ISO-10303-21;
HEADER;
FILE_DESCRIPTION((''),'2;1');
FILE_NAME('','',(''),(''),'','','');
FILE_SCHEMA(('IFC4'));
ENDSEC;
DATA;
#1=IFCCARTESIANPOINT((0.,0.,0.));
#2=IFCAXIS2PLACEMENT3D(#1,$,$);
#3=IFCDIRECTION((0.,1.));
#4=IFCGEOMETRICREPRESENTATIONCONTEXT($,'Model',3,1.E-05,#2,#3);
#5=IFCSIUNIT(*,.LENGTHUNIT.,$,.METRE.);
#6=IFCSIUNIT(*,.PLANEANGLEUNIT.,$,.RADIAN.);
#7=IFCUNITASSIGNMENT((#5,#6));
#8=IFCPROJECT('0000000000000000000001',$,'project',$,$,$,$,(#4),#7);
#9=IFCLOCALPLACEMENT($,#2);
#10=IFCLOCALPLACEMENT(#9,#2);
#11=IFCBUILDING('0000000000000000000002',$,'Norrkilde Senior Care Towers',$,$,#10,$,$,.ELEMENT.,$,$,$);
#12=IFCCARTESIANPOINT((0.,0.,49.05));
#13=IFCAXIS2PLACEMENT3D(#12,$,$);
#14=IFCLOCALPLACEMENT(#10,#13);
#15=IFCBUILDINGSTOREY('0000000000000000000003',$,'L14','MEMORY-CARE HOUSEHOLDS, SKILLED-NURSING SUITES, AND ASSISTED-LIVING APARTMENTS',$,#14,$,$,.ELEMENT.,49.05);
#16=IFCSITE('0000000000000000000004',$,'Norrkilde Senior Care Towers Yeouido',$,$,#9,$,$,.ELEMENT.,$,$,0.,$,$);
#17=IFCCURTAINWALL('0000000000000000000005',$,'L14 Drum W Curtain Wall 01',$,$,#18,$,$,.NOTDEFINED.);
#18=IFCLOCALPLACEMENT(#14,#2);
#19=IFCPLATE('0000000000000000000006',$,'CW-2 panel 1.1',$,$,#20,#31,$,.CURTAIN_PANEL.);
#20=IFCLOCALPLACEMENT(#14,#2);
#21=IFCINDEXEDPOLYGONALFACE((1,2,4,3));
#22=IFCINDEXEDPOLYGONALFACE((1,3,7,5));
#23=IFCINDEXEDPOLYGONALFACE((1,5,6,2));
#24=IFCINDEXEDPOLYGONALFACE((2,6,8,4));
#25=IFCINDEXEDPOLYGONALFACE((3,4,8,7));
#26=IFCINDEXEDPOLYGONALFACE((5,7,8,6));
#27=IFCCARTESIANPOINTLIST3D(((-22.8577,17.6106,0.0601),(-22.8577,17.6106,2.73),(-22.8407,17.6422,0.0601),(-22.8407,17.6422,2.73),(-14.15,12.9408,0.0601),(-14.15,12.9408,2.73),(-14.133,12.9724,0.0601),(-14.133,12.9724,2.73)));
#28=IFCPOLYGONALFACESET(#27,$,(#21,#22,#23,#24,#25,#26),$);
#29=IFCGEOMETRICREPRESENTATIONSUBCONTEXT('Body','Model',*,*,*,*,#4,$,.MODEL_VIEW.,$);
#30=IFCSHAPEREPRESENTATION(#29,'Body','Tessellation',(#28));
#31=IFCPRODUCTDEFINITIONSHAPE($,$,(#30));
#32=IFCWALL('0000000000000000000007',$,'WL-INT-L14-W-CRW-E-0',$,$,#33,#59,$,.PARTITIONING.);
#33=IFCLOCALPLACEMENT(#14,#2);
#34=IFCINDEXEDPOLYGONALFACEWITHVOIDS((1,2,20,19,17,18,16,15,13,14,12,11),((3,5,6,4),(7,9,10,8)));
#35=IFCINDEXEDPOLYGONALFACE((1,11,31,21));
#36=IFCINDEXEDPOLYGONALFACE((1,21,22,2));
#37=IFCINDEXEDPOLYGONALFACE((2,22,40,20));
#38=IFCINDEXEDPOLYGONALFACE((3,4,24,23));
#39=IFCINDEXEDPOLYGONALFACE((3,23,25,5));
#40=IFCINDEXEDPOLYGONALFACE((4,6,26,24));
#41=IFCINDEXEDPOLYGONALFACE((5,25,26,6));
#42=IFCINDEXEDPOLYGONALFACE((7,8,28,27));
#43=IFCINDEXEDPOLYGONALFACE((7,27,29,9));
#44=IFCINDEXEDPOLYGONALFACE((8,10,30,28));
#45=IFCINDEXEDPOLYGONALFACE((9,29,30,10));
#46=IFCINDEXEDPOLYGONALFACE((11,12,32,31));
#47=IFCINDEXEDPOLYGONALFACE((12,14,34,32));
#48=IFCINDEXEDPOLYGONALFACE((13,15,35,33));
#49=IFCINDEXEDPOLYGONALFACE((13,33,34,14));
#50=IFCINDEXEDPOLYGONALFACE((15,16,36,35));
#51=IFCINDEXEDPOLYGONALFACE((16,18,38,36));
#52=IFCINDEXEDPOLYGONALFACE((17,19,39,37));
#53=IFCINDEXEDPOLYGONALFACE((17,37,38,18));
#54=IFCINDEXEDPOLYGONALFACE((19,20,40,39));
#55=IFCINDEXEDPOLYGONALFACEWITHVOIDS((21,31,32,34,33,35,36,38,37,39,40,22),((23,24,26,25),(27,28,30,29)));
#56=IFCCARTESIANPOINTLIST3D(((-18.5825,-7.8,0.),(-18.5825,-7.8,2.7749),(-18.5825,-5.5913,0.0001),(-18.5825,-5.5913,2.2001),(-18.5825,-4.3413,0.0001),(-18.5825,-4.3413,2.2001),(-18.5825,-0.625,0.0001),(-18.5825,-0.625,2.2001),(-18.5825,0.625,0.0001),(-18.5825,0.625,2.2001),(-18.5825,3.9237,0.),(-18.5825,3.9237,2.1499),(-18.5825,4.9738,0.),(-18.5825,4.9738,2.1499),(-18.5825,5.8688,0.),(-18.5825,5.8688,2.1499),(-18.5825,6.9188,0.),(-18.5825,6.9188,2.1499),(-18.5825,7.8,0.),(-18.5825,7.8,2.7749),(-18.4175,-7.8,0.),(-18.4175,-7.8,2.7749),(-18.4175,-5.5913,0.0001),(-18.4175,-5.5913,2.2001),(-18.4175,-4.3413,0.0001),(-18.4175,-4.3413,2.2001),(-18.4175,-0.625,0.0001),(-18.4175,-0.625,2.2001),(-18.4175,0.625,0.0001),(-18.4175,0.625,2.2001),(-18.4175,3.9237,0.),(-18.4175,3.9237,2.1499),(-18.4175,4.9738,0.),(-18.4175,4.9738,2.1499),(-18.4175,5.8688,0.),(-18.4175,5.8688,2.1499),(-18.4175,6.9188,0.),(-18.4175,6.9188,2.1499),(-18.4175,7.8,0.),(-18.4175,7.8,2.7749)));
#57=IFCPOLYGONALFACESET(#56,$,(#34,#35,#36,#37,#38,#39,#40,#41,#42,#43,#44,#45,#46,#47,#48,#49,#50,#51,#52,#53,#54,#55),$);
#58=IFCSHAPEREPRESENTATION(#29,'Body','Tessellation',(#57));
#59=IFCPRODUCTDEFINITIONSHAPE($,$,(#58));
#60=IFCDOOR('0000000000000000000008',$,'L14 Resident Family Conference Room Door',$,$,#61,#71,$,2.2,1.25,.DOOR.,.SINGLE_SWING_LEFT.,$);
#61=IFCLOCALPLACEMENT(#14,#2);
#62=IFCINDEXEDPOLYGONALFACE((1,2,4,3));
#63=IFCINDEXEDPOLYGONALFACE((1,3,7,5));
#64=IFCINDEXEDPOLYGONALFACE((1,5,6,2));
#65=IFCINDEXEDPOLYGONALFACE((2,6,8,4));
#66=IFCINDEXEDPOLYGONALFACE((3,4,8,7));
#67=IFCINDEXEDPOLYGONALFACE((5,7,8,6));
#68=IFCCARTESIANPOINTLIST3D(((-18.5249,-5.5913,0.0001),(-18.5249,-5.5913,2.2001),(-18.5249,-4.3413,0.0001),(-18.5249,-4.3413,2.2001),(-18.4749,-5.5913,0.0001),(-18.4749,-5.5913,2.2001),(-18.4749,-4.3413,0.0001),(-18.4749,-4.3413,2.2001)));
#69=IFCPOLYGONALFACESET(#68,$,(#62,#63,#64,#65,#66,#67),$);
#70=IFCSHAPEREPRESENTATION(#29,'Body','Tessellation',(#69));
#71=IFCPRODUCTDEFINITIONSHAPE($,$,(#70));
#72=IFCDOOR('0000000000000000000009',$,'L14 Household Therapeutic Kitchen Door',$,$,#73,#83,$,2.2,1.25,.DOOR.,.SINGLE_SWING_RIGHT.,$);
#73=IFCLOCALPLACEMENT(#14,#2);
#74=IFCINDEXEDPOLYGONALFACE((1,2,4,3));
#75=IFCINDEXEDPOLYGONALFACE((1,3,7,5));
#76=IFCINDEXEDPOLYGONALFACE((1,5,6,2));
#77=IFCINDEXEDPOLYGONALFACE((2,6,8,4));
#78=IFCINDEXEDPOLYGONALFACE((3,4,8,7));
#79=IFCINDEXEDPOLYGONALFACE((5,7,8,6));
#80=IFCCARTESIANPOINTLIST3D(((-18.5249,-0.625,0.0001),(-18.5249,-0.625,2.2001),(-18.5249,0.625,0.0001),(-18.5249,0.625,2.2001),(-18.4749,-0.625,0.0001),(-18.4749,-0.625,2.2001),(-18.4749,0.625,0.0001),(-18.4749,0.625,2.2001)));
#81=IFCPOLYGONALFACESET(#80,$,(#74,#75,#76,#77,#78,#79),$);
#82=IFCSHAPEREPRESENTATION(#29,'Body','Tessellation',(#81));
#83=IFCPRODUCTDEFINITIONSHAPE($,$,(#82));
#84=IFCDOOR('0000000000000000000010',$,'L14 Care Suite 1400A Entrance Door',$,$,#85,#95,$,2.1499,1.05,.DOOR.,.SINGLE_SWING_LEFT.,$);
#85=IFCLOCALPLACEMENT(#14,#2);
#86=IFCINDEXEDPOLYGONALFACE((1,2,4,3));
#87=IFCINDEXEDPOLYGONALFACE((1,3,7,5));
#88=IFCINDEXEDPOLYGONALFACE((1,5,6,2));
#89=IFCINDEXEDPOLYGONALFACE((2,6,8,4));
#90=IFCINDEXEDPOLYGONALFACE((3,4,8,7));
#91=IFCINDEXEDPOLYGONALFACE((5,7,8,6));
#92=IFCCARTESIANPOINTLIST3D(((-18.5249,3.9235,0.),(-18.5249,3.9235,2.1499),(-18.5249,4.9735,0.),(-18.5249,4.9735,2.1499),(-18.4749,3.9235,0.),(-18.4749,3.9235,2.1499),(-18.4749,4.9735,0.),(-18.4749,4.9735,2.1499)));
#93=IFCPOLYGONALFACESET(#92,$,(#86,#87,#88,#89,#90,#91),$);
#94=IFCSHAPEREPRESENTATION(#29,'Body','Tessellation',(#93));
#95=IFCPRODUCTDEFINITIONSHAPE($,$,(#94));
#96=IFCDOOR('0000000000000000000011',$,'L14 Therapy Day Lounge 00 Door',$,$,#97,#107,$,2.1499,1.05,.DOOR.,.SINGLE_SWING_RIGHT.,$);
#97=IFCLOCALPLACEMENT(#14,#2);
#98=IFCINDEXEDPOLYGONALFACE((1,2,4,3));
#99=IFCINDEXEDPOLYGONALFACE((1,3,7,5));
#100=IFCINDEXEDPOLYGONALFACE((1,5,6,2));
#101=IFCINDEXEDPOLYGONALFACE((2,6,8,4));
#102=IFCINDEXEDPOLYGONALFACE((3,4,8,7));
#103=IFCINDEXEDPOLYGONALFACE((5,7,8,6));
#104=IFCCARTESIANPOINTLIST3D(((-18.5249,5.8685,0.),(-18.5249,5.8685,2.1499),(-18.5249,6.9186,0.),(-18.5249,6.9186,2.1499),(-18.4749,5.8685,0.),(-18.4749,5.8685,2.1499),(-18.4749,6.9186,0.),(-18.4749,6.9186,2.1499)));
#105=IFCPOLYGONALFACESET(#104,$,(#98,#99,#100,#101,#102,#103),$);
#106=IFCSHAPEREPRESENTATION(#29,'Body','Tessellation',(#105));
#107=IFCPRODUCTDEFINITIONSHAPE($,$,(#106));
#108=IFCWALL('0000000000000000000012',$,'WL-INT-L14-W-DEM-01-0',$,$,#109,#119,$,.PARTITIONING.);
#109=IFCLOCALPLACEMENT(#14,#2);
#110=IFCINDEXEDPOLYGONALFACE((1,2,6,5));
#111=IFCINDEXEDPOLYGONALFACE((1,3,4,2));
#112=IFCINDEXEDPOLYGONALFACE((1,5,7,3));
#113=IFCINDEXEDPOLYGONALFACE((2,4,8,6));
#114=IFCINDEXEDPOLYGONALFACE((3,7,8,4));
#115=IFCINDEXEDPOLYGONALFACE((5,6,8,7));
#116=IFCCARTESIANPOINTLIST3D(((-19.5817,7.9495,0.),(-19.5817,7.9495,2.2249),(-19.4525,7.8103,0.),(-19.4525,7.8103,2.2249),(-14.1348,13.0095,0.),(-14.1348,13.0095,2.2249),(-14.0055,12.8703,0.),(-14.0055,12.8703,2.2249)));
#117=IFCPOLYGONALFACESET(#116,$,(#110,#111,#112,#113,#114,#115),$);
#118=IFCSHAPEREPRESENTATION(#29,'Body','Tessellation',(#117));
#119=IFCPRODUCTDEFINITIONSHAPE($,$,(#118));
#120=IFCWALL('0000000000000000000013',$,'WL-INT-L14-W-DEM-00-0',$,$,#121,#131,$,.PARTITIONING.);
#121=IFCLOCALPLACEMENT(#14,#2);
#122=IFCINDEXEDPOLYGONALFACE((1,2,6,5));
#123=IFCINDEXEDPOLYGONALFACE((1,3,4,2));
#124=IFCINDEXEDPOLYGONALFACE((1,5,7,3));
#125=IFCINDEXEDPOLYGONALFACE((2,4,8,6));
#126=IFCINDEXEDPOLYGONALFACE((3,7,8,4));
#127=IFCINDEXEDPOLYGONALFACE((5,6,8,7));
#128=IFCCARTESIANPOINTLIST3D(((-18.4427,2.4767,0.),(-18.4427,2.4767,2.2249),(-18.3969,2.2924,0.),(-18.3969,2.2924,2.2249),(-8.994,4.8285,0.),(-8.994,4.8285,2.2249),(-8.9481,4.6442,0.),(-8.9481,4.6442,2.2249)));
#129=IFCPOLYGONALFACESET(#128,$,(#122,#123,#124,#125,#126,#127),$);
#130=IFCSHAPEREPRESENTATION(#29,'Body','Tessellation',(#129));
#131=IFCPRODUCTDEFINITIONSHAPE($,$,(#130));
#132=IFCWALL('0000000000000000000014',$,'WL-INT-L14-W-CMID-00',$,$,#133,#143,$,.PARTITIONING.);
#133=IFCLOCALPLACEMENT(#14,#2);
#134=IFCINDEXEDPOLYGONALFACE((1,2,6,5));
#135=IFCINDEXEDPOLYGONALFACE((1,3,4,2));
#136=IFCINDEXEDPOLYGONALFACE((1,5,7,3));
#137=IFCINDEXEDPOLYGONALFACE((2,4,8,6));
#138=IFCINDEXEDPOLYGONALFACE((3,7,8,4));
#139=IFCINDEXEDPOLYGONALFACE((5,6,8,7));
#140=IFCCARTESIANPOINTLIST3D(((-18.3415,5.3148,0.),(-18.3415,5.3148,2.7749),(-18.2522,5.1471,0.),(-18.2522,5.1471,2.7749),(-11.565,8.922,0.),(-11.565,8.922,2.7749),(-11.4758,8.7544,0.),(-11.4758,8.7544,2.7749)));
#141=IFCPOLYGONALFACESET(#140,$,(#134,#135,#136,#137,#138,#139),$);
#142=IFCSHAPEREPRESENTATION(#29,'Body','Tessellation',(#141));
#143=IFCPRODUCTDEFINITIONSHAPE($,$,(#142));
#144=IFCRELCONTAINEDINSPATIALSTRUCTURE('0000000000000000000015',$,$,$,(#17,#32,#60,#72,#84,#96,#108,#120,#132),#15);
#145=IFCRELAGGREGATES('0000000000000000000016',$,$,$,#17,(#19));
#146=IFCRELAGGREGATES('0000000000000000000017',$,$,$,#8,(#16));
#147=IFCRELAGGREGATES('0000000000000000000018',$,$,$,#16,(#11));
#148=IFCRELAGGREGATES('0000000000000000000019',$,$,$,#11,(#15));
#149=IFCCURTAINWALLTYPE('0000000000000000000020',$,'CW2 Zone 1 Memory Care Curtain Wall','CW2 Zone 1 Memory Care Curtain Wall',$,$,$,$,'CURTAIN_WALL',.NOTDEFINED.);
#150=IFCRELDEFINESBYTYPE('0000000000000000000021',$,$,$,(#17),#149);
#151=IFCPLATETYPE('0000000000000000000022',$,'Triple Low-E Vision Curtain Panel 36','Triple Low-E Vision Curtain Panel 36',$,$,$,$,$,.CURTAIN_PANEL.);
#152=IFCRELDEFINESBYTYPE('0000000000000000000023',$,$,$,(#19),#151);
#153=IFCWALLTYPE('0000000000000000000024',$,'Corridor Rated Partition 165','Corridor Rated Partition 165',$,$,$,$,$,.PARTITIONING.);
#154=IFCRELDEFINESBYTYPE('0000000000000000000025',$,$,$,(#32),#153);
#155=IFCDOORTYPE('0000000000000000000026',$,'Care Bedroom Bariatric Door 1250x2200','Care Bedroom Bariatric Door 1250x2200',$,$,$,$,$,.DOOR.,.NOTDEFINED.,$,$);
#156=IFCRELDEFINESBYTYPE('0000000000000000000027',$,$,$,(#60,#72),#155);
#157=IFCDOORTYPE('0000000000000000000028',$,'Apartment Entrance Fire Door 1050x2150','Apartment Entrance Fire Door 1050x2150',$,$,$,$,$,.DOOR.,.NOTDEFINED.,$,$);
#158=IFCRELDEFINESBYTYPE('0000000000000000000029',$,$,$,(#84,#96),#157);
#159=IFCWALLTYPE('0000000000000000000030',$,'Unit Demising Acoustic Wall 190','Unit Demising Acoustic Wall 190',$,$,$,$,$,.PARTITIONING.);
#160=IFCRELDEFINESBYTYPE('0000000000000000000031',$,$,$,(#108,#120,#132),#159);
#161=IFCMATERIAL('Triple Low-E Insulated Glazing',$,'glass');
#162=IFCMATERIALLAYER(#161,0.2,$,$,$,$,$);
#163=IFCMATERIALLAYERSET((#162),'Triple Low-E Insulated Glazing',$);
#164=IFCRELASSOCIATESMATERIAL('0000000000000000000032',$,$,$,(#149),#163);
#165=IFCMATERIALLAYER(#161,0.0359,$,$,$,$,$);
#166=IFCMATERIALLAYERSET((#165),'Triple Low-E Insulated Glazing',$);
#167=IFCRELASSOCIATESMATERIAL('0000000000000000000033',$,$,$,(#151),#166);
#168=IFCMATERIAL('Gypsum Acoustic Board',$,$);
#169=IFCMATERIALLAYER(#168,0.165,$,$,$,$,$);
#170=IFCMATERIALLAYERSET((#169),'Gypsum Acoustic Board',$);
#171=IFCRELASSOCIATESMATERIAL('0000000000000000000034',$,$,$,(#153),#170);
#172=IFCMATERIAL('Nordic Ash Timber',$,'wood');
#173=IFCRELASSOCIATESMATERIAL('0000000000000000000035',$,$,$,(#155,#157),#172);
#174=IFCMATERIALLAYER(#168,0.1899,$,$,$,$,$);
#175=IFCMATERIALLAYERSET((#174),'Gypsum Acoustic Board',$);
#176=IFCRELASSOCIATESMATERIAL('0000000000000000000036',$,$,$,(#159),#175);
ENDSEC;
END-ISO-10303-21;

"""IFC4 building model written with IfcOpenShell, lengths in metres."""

from ifc_helpers import new_model, si_unit, direction, frame, frame_2d, origin, origin_2d, place, context, subcontext, project, spatial, rectangle, extrude, source, transform, mapped, material, layer, layer_set, type_object, type_shapes, element, fill, aggregate, save


model = new_model("IFC4")

# Units and contexts
model_context = context("Model", 3, precision=1e-05, world=origin(), true_north=direction((0.0, 1.0)))
body_context = subcontext(model_context, "Body", "Model", "MODEL_VIEW")
ifc_project = project(units=[si_unit("LENGTHUNIT", "METRE"), si_unit("PLANEANGLEUNIT", "RADIAN")], contexts=[model_context])

# Site, building, storey
site_placement = place(None, origin())
site = spatial("IfcSite", under=ifc_project, at=site_placement, Name="Norrkilde Senior Care Towers Yeouido", CompositionType="ELEMENT", RefElevation=0.0)
building_placement = place(site_placement, origin())
building = spatial("IfcBuilding", under=site, at=building_placement, Name="Norrkilde Senior Care Towers", CompositionType="ELEMENT")
storey_placement = place(building_placement, frame((0.0, 0.0, 49.05)))
storey = spatial("IfcBuildingStorey", under=building, at=storey_placement, Name="L14", Description="MEMORY-CARE HOUSEHOLDS, SKILLED-NURSING SUITES, AND ASSISTED-LIVING APARTMENTS", CompositionType="ELEMENT", Elevation=49.05)

# Shared definitions
ifc_material_1 = material(Name="Triple Low-E Insulated Glazing", Category="glass")
ifc_layer_1 = layer(ifc_material_1, 0.2)
ifc_layer_set_1 = layer_set([ifc_layer_1], Name="Triple Low-E Insulated Glazing")
curtain_wall_type = type_object("IfcCurtainWallType", Name="CW2 Zone 1 Memory Care Curtain Wall", Description="CW2 Zone 1 Memory Care Curtain Wall", ElementType="CURTAIN_WALL", PredefinedType="NOTDEFINED", material=ifc_layer_set_1)

# Curtain wall
curtain_wall_1_placement = place(storey_placement, origin())
curtain_wall_1 = element("IfcCurtainWall", 1, at=curtain_wall_1_placement, inside=storey, type_object=curtain_wall_type, Name="L14 Drum W Curtain Wall 01", PredefinedType="NOTDEFINED")

# Plate
ifc_layer_2 = layer(ifc_material_1, 0.0359)
ifc_layer_set_2 = layer_set([ifc_layer_2], Name="Triple Low-E Insulated Glazing")
plate_type = type_object("IfcPlateType", Name="Triple Low-E Vision Curtain Panel 36", Description="Triple Low-E Vision Curtain Panel 36", PredefinedType="CURTAIN_PANEL", material=ifc_layer_set_2)
shared_shape_1 = source(origin(), body_context, "Body", "SweptSolid", [
    extrude(rectangle(XDim=9.8809, YDim=0.0359, at=origin_2d()), origin(), (0.0, 0.0, 1.0), 2.6699),
])
plate_1_placement = place(storey_placement, frame((-18.4954, 15.2915, 0.0601), z_axis=(0.0, 0.0, 1.0), x_axis=(0.881273, -0.472608, 0.0)))
plate_1 = element("IfcPlate", 2, at=plate_1_placement, type_object=plate_type, Name="CW-2 panel 1.1", PredefinedType="CURTAIN_PANEL", context=body_context, shape_type="MappedRepresentation", body=[
    mapped(shared_shape_1, transform((0.0, 0.0, 0.0), x_axis=(1.0, 0.0, 0.0), y_axis=(0.0, 1.0, 0.0), z_axis=(0.0, 0.0, 1.0), scale=1.0)),
])
aggregate(curtain_wall_1, [plate_1])

# Wall, openings, doors
ifc_material_2 = material(Name="Gypsum Acoustic Board")
ifc_layer_3 = layer(ifc_material_2, 0.165)
ifc_layer_set_3 = layer_set([ifc_layer_3], Name="Gypsum Acoustic Board")
wall_type_1 = type_object("IfcWallType", Name="Corridor Rated Partition 165", Description="Corridor Rated Partition 165", PredefinedType="PARTITIONING", material=ifc_layer_set_3)
shared_shape_2 = source(origin(), body_context, "Body", "SweptSolid", [
    extrude(rectangle(XDim=15.6001, YDim=0.165, at=frame_2d((7.8, 0.0))), origin(), (0.0, 0.0, 1.0), 2.7749),
])
type_shapes(wall_type_1, [shared_shape_2])
wall_1_placement = place(storey_placement, frame((-18.5, 7.8, 0.0), z_axis=(0.0, 0.0, 1.0), x_axis=(0.0, -1.0, 0.0)))
wall_1 = element("IfcWall", 3, at=wall_1_placement, inside=storey, type_object=wall_type_1, Name="WL-INT-L14-W-CRW-E-0", PredefinedType="PARTITIONING", context=body_context, shape_type="MappedRepresentation", body=[
    mapped(shared_shape_2, transform((0.0, 0.0, 0.0), x_axis=(1.0, 0.0, 0.0), y_axis=(0.0, 1.0, 0.0), z_axis=(0.0, 0.0, 1.0), scale=1.0)),
])
opening_1_placement = place(wall_1_placement, frame((12.1414, 0.0, 0.0)))
opening_1 = element("IfcOpeningElement", 4, at=opening_1_placement, cuts=wall_1, PredefinedType="OPENING", context=body_context, shape_type="SweptSolid", body=[
    extrude(rectangle(XDim=1.25, YDim=2.2, at=frame_2d((0.625, 1.1001))), frame((0.0, 0.0925, 0.0), z_axis=(0.0, -1.0, 0.0), x_axis=(1.0, 0.0, 0.0)), (0.0, 0.0, 1.0), 0.1851),
])
opening_2_placement = place(wall_1_placement, frame((7.175, 0.0, 0.0)))
opening_2 = element("IfcOpeningElement", 5, at=opening_2_placement, cuts=wall_1, PredefinedType="OPENING", context=body_context, shape_type="SweptSolid", body=[
    extrude(rectangle(XDim=1.25, YDim=2.2, at=frame_2d((0.625, 1.1001))), frame((0.0, 0.0925, 0.0), z_axis=(0.0, -1.0, 0.0), x_axis=(1.0, 0.0, 0.0)), (0.0, 0.0, 1.0), 0.1851),
])
opening_3_placement = place(wall_1_placement, frame((2.8264, 0.0, 0.0)))
opening_3 = element("IfcOpeningElement", 6, at=opening_3_placement, cuts=wall_1, PredefinedType="OPENING", context=body_context, shape_type="SweptSolid", body=[
    extrude(rectangle(XDim=1.05, YDim=2.1499, at=frame_2d((0.5249, 1.075))), frame((0.0, 0.0925, 0.0), z_axis=(0.0, -1.0, 0.0), x_axis=(1.0, 0.0, 0.0)), (0.0, 0.0, 1.0), 0.1851),
])
opening_4_placement = place(wall_1_placement, frame((0.8813, 0.0, 0.0)))
opening_4 = element("IfcOpeningElement", 7, at=opening_4_placement, cuts=wall_1, PredefinedType="OPENING", context=body_context, shape_type="SweptSolid", body=[
    extrude(rectangle(XDim=1.05, YDim=2.1499, at=frame_2d((0.5249, 1.075))), frame((0.0, 0.0925, 0.0), z_axis=(0.0, -1.0, 0.0), x_axis=(1.0, 0.0, 0.0)), (0.0, 0.0, 1.0), 0.1851),
])
ifc_material_3 = material(Name="Nordic Ash Timber", Category="wood")
door_type_1 = type_object("IfcDoorType", Name="Care Bedroom Bariatric Door 1250x2200", Description="Care Bedroom Bariatric Door 1250x2200", OperationType="NOTDEFINED", PredefinedType="DOOR", material=ifc_material_3)
shared_shape_3 = source(origin(), body_context, "Body", "SweptSolid", [
    extrude(rectangle(XDim=1.25, YDim=2.2, at=frame_2d((0.625, 1.1001))), frame((0.0, 0.0249, 0.0), z_axis=(0.0, -1.0, 0.0), x_axis=(1.0, 0.0, 0.0)), (0.0, 0.0, 1.0), 0.05),
])
type_shapes(door_type_1, [shared_shape_3])
door_1_placement = place(opening_1_placement, frame((1.25, 0.0, 0.0), z_axis=(0.0, 0.0, 1.0), x_axis=(-1.0, 0.0, 0.0)))
door_1 = element("IfcDoor", 8, at=door_1_placement, inside=storey, type_object=door_type_1, Name="L14 Resident Family Conference Room Door", OperationType="SINGLE_SWING_LEFT", OverallHeight=2.2, OverallWidth=1.25, PredefinedType="DOOR", context=body_context, shape_type="MappedRepresentation", body=[
    mapped(shared_shape_3, transform((0.0, 0.0, 0.0), x_axis=(1.0, 0.0, 0.0), y_axis=(0.0, 1.0, 0.0), z_axis=(0.0, 0.0, 1.0), scale=1.0)),
])
fill(opening_1, door_1)
door_2_placement = place(opening_2_placement, frame((1.25, 0.0, 0.0), z_axis=(0.0, 0.0, 1.0), x_axis=(-1.0, 0.0, 0.0)))
door_2 = element("IfcDoor", 9, at=door_2_placement, inside=storey, type_object=door_type_1, Name="L14 Household Therapeutic Kitchen Door", OperationType="SINGLE_SWING_RIGHT", OverallHeight=2.2, OverallWidth=1.25, PredefinedType="DOOR", context=body_context, shape_type="MappedRepresentation", body=[
    mapped(shared_shape_3, transform((0.0, 0.0, 0.0), x_axis=(1.0, 0.0, 0.0), y_axis=(0.0, 1.0, 0.0), z_axis=(0.0, 0.0, 1.0), scale=1.0)),
])
fill(opening_2, door_2)
door_type_2 = type_object("IfcDoorType", Name="Apartment Entrance Fire Door 1050x2150", Description="Apartment Entrance Fire Door 1050x2150", OperationType="NOTDEFINED", PredefinedType="DOOR", material=ifc_material_3)
shared_shape_4 = source(origin(), body_context, "Body", "SweptSolid", [
    extrude(rectangle(XDim=1.05, YDim=2.1499, at=frame_2d((0.5249, 1.075))), frame((0.0, 0.0249, 0.0), z_axis=(0.0, -1.0, 0.0), x_axis=(1.0, 0.0, 0.0)), (0.0, 0.0, 1.0), 0.05),
])
type_shapes(door_type_2, [shared_shape_4])
door_3_placement = place(opening_3_placement, frame((1.05, 0.0, 0.0), z_axis=(0.0, 0.0, 1.0), x_axis=(-1.0, 0.0, 0.0)))
door_3 = element("IfcDoor", 10, at=door_3_placement, inside=storey, type_object=door_type_2, Name="L14 Care Suite 1400A Entrance Door", OperationType="SINGLE_SWING_LEFT", OverallHeight=2.1499, OverallWidth=1.05, PredefinedType="DOOR", context=body_context, shape_type="MappedRepresentation", body=[
    mapped(shared_shape_4, transform((0.0, 0.0, 0.0), x_axis=(1.0, 0.0, 0.0), y_axis=(0.0, 1.0, 0.0), z_axis=(0.0, 0.0, 1.0), scale=1.0)),
])
fill(opening_3, door_3)
door_4_placement = place(opening_4_placement, frame((1.05, 0.0, 0.0), z_axis=(0.0, 0.0, 1.0), x_axis=(-1.0, 0.0, 0.0)))
door_4 = element("IfcDoor", 11, at=door_4_placement, inside=storey, type_object=door_type_2, Name="L14 Therapy Day Lounge 00 Door", OperationType="SINGLE_SWING_RIGHT", OverallHeight=2.1499, OverallWidth=1.05, PredefinedType="DOOR", context=body_context, shape_type="MappedRepresentation", body=[
    mapped(shared_shape_4, transform((0.0, 0.0, 0.0), x_axis=(1.0, 0.0, 0.0), y_axis=(0.0, 1.0, 0.0), z_axis=(0.0, 0.0, 1.0), scale=1.0)),
])
fill(opening_4, door_4)

# Walls
ifc_layer_4 = layer(ifc_material_2, 0.1899)
ifc_layer_set_4 = layer_set([ifc_layer_4], Name="Gypsum Acoustic Board")
wall_type_2 = type_object("IfcWallType", Name="Unit Demising Acoustic Wall 190", Description="Unit Demising Acoustic Wall 190", PredefinedType="PARTITIONING", material=ifc_layer_set_4)
shared_shape_5 = source(origin(), body_context, "Body", "SweptSolid", [
    extrude(rectangle(XDim=7.4346, YDim=0.1899, at=frame_2d((3.7173, 0.0))), origin(), (0.0, 0.0, 1.0), 2.2249),
])
wall_2_placement = place(storey_placement, frame((-19.5171, 7.8799, 0.0), z_axis=(0.0, 0.0, 1.0), x_axis=(0.732652, 0.680603, 0.0)))
element("IfcWall", 12, at=wall_2_placement, inside=storey, type_object=wall_type_2, Name="WL-INT-L14-W-DEM-01-0", PredefinedType="PARTITIONING", context=body_context, shape_type="MappedRepresentation", body=[
    mapped(shared_shape_5, transform((0.0, 0.0, 0.0), x_axis=(1.0, 0.0, 0.0), y_axis=(0.0, 1.0, 0.0), z_axis=(0.0, 0.0, 1.0), scale=1.0)),
])
shared_shape_6 = source(origin(), body_context, "Body", "SweptSolid", [
    extrude(rectangle(XDim=9.7371, YDim=0.1899, at=frame_2d((4.8687, 0.0))), origin(), (0.0, 0.0, 1.0), 2.2249),
])
wall_3_placement = place(storey_placement, frame((-18.4199, 2.3845, 0.0), z_axis=(0.0, 0.0, 1.0), x_axis=(0.970393, 0.241533, 0.0)))
element("IfcWall", 13, at=wall_3_placement, inside=storey, type_object=wall_type_2, Name="WL-INT-L14-W-DEM-00-0", PredefinedType="PARTITIONING", context=body_context, shape_type="MappedRepresentation", body=[
    mapped(shared_shape_6, transform((0.0, 0.0, 0.0), x_axis=(1.0, 0.0, 0.0), y_axis=(0.0, 1.0, 0.0), z_axis=(0.0, 0.0, 1.0), scale=1.0)),
])
shared_shape_7 = source(origin(), body_context, "Body", "SweptSolid", [
    extrude(rectangle(XDim=7.6768, YDim=0.1899, at=frame_2d((3.8384, 0.0))), origin(), (0.0, 0.0, 1.0), 2.7749),
])
type_shapes(wall_type_2, [shared_shape_5, shared_shape_6, shared_shape_7])
wall_4_placement = place(storey_placement, frame((-18.2969, 5.231, 0.0), z_axis=(0.0, 0.0, 1.0), x_axis=(0.882725, 0.46989, 0.0)))
element("IfcWall", 14, at=wall_4_placement, inside=storey, type_object=wall_type_2, Name="WL-INT-L14-W-CMID-00", PredefinedType="PARTITIONING", context=body_context, shape_type="MappedRepresentation", body=[
    mapped(shared_shape_7, transform((0.0, 0.0, 0.0), x_axis=(1.0, 0.0, 0.0), y_axis=(0.0, 1.0, 0.0), z_axis=(0.0, 0.0, 1.0), scale=1.0)),
])

save(model, "model.ifc")
